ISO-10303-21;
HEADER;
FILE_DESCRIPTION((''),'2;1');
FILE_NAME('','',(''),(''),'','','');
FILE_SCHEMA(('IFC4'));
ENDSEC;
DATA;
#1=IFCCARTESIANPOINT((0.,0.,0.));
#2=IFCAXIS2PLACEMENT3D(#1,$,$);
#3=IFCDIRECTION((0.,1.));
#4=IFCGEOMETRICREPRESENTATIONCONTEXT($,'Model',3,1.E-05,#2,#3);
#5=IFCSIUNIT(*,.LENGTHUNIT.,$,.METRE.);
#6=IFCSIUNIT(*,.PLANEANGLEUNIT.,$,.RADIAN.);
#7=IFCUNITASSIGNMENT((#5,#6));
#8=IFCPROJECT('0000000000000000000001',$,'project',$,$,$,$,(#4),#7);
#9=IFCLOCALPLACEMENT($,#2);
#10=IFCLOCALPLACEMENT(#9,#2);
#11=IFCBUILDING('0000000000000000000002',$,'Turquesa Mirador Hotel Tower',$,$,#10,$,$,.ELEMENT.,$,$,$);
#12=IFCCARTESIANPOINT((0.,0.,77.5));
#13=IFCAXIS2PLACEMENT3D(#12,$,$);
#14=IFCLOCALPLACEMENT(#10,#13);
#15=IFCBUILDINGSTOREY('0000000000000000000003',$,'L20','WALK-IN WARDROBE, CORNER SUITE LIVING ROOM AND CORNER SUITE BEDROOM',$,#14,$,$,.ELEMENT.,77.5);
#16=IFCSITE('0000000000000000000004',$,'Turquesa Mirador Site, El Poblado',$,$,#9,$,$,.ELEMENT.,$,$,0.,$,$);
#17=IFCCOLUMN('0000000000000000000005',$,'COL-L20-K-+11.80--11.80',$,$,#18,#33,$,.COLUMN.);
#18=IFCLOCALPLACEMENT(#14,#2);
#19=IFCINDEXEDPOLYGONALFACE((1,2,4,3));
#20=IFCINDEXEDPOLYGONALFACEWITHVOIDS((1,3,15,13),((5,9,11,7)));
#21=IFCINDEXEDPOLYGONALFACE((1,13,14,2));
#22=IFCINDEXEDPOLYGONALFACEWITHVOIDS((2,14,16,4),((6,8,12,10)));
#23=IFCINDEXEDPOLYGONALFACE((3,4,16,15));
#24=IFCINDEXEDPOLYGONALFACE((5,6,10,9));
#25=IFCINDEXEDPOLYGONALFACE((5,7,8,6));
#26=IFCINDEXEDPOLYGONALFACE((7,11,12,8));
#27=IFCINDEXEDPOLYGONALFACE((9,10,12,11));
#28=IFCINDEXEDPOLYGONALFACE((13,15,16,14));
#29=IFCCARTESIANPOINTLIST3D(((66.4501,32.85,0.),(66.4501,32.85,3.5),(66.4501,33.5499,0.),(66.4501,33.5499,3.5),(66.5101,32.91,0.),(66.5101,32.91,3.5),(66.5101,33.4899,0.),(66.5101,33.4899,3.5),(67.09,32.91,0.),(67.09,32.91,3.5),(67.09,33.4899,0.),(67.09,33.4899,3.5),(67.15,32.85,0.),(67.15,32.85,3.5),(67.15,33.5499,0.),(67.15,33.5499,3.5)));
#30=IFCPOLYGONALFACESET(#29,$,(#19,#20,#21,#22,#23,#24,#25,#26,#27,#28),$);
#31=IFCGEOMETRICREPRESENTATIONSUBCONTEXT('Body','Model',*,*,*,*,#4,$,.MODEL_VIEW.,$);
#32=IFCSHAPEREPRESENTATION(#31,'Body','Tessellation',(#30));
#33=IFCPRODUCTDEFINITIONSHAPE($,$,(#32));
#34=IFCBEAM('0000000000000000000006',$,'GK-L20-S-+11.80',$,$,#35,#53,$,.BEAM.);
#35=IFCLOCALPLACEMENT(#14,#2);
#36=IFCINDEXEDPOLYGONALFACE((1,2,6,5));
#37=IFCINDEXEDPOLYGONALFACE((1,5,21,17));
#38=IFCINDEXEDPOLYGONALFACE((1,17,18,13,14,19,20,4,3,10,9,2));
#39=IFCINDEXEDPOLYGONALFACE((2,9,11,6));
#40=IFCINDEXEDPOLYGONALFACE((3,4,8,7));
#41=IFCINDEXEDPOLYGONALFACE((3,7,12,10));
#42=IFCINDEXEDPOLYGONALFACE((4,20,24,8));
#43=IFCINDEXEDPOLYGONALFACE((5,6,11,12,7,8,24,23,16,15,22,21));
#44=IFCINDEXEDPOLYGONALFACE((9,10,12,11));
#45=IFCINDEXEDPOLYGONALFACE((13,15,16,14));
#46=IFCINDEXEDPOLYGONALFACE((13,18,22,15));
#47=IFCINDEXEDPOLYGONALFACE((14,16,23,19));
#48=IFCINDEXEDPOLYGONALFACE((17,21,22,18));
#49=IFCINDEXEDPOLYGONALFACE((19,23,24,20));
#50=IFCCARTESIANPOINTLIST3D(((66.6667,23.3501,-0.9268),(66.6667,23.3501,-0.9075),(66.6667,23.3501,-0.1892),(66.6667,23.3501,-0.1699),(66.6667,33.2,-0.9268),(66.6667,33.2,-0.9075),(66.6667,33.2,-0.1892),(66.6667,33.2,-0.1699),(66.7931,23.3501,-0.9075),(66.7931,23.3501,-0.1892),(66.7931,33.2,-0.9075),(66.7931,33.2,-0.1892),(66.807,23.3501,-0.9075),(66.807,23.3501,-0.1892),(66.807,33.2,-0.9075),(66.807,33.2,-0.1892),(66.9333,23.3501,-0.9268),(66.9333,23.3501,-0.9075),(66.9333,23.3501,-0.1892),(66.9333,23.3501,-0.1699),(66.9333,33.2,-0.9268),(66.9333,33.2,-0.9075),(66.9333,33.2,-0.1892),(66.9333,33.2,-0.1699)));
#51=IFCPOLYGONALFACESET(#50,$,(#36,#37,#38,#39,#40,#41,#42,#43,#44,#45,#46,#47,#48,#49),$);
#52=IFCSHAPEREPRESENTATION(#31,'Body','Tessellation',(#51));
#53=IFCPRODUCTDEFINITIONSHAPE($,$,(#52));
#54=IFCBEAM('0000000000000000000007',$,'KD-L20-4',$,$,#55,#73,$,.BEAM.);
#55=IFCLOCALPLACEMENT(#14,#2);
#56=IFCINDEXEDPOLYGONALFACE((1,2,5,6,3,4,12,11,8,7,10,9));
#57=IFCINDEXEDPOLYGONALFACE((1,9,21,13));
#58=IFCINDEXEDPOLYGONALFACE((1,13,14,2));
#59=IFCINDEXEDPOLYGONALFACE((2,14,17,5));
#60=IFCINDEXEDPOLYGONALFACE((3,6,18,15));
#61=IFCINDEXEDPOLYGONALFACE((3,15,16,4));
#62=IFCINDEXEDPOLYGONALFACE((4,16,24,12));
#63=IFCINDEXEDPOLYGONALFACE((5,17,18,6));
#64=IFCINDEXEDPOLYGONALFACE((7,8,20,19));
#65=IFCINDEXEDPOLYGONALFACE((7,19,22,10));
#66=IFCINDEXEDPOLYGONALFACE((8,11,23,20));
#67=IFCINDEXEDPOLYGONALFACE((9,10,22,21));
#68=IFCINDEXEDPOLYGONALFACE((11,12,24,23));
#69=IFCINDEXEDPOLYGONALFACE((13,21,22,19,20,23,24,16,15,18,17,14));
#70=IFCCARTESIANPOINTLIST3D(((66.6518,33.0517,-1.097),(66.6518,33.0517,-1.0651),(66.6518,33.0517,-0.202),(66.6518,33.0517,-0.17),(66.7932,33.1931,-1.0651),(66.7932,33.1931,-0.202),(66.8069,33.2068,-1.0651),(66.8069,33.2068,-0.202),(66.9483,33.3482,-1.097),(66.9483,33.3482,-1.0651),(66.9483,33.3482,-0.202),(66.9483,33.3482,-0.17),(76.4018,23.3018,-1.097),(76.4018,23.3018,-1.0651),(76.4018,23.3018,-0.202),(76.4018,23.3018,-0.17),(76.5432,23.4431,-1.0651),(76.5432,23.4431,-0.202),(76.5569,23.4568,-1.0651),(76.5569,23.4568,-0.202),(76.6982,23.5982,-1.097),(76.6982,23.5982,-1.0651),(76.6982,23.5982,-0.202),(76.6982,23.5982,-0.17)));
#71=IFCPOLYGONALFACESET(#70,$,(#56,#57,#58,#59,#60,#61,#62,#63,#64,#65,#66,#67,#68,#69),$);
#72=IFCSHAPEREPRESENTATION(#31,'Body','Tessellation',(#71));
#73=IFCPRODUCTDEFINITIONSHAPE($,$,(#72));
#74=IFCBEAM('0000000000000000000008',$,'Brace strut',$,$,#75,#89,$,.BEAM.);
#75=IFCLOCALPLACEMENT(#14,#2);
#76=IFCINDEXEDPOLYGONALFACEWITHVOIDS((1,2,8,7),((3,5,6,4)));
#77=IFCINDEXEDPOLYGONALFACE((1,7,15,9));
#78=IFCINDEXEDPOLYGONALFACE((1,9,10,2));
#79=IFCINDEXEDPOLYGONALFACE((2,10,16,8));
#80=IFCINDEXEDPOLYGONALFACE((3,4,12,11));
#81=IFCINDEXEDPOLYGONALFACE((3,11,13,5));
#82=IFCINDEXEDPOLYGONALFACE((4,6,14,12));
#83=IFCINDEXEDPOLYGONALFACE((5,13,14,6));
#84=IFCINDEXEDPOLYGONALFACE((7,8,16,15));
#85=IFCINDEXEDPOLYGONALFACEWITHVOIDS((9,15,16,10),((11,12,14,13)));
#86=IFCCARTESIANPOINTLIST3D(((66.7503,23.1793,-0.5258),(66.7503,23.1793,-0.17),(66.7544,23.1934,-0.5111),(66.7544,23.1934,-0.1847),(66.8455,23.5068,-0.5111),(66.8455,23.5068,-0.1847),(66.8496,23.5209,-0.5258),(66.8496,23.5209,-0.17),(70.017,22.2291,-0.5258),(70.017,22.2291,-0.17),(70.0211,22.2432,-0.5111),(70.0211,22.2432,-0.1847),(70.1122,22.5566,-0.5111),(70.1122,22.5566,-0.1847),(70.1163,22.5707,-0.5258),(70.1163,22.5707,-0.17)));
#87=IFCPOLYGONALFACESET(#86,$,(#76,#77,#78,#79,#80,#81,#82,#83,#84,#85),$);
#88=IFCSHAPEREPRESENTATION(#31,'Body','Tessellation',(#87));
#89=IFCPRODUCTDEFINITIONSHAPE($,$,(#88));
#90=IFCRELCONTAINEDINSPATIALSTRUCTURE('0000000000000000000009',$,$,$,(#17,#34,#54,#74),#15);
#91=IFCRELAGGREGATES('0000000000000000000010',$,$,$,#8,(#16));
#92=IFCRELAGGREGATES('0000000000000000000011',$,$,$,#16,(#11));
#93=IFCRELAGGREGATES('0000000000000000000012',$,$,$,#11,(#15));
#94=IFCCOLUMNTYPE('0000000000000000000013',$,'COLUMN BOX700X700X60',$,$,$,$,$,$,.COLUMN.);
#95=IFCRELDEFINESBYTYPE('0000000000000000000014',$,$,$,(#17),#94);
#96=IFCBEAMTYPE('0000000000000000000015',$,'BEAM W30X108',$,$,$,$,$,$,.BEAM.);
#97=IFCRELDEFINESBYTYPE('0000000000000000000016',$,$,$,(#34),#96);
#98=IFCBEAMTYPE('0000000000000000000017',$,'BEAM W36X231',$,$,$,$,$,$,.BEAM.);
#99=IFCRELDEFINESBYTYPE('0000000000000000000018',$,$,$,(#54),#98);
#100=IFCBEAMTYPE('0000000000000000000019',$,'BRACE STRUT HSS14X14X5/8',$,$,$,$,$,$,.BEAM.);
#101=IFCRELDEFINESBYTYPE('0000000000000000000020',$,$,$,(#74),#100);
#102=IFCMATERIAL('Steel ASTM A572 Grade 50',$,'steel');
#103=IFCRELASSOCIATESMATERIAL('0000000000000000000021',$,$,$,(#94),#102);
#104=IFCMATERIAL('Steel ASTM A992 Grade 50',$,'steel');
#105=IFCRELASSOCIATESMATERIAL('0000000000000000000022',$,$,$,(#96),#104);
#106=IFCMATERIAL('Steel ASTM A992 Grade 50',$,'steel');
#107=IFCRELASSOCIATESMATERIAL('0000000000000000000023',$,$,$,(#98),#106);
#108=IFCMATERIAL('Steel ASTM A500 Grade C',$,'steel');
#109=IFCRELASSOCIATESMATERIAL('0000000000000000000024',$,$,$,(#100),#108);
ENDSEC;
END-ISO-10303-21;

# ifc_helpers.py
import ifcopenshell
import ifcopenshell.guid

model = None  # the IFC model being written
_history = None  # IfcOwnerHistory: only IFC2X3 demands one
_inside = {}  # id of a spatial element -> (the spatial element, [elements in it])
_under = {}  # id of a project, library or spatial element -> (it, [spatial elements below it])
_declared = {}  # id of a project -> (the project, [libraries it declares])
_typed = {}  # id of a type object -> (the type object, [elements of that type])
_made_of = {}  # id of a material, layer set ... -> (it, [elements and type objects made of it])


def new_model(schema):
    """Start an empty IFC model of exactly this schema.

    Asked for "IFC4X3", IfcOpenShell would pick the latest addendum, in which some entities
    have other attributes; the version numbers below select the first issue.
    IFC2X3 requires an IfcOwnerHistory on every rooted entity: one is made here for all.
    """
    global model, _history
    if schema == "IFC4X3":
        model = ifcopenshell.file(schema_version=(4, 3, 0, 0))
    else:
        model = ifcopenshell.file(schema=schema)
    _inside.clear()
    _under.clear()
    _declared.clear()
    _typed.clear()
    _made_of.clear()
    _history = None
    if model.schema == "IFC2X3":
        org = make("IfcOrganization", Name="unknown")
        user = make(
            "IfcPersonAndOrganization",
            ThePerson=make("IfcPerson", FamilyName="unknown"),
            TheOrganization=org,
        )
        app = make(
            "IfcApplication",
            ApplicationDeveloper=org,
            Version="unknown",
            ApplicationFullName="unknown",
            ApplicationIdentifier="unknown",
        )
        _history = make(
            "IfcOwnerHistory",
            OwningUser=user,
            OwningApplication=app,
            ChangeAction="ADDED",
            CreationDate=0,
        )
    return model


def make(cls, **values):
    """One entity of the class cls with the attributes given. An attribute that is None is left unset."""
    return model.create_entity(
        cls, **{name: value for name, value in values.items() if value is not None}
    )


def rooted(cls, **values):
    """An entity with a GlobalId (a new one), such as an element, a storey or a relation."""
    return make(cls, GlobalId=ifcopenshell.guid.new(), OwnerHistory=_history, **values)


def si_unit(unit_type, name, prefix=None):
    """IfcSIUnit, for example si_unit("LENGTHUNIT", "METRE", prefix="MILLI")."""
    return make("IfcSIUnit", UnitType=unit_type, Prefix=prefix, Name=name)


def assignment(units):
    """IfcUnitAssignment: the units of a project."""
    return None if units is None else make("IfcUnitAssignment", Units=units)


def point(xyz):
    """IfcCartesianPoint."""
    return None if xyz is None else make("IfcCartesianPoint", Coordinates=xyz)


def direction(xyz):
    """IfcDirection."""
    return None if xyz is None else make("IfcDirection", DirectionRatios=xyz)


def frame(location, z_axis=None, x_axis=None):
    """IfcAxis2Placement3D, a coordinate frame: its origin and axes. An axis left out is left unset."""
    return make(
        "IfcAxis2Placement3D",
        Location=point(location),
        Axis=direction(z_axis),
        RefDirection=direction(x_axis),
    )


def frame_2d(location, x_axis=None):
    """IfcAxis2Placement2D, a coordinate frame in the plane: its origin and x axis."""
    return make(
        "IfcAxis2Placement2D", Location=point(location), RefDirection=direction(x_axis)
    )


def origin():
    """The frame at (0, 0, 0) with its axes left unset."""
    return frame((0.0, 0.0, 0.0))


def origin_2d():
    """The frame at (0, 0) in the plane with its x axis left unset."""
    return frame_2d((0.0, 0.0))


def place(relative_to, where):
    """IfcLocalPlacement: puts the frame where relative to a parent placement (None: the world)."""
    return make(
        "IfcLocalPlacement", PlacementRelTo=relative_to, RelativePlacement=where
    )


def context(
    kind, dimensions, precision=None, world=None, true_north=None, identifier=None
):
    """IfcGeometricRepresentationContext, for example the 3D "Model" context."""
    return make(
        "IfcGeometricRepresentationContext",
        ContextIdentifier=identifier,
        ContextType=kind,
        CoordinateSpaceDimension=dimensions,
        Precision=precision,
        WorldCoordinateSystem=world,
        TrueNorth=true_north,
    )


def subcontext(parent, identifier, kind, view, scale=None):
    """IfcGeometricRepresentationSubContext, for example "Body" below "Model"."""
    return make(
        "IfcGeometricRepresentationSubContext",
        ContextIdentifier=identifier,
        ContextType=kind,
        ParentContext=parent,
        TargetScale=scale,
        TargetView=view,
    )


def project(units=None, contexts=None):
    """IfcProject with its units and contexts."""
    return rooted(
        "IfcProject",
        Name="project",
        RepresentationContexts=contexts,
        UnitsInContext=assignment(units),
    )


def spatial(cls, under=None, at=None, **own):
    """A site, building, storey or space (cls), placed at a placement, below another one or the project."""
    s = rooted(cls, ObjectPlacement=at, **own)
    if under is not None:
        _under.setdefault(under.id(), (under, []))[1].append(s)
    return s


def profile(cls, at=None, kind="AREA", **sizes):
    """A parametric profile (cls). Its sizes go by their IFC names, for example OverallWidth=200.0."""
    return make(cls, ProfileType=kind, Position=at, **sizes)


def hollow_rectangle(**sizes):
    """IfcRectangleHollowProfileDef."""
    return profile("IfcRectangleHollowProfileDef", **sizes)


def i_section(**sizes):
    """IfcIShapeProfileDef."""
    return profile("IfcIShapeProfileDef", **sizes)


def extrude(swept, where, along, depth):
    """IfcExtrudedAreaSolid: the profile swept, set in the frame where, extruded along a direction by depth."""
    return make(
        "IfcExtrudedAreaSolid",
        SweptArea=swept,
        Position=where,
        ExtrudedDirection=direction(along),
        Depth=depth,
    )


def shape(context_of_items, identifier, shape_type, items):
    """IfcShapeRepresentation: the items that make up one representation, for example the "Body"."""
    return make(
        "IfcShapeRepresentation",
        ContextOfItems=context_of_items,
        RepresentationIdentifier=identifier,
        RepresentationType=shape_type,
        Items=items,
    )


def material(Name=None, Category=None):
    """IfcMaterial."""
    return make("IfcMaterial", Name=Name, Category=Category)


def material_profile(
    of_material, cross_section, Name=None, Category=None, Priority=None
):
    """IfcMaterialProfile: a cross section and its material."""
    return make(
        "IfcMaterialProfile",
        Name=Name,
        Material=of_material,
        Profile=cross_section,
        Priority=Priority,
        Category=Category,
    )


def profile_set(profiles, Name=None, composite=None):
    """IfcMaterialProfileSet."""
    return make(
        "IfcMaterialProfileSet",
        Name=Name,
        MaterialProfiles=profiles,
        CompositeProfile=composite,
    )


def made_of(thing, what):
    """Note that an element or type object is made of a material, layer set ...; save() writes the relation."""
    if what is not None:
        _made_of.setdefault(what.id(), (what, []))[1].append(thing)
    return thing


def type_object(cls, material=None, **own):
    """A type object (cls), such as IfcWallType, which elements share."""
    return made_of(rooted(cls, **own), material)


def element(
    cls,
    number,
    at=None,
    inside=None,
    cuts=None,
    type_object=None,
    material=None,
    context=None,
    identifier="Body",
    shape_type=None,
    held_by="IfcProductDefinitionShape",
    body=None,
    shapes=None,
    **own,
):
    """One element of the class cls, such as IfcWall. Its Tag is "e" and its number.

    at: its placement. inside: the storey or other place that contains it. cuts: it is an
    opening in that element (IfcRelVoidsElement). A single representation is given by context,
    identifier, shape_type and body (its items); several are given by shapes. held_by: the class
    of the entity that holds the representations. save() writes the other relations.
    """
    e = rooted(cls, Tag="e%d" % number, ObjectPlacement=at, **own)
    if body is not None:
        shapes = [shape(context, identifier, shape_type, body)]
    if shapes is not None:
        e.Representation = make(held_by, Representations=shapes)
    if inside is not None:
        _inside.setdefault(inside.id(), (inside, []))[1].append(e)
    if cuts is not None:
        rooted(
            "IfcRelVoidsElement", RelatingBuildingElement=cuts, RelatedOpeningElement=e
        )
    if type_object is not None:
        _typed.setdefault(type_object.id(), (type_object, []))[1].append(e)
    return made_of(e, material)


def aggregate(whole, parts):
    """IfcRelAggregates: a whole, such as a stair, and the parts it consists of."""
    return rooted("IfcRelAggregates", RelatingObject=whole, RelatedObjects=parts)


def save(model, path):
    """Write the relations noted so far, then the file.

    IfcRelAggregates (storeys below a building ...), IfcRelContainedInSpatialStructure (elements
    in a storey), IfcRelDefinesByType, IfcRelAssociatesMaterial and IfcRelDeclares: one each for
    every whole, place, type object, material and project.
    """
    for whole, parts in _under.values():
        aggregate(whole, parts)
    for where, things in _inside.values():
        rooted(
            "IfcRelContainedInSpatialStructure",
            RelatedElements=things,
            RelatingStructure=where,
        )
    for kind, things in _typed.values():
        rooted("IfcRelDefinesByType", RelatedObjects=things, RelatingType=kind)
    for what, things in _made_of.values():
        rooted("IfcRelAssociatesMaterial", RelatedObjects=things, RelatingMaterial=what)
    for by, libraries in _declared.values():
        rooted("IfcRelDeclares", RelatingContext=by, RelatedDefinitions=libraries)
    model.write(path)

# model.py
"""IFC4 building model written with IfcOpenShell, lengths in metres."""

from ifc_helpers import new_model, si_unit, direction, frame, origin, origin_2d, place, context, subcontext, project, spatial, hollow_rectangle, i_section, extrude, material, material_profile, profile_set, type_object, element, save


model = new_model("IFC4")

# Units and contexts
model_context = context("Model", 3, precision=1e-05, world=origin(), true_north=direction((0.0, 1.0)))
body_context = subcontext(model_context, "Body", "Model", "MODEL_VIEW")
ifc_project = project(units=[si_unit("LENGTHUNIT", "METRE"), si_unit("PLANEANGLEUNIT", "RADIAN")], contexts=[model_context])

# Site, building, storey
site_placement = place(None, origin())
site = spatial("IfcSite", under=ifc_project, at=site_placement, Name="Turquesa Mirador Site, El Poblado", CompositionType="ELEMENT", RefElevation=0.0)
building_placement = place(site_placement, origin())
building = spatial("IfcBuilding", under=site, at=building_placement, Name="Turquesa Mirador Hotel Tower", CompositionType="ELEMENT")
storey_placement = place(building_placement, frame((0.0, 0.0, 77.5)))
storey = spatial("IfcBuildingStorey", under=building, at=storey_placement, Name="L20", Description="WALK-IN WARDROBE, CORNER SUITE LIVING ROOM AND CORNER SUITE BEDROOM", CompositionType="ELEMENT", Elevation=77.5)

# Column
ifc_material_1 = material(Name="Steel ASTM A572 Grade 50", Category="steel")
ifc_material_profile_1 = material_profile(ifc_material_1, hollow_rectangle(XDim=0.7, YDim=0.7, WallThickness=0.0601, at=origin_2d()), Name="BOX700X700X60")
ifc_profile_set_1 = profile_set([ifc_material_profile_1], Name="Steel ASTM A572 Grade 50")
column_type = type_object("IfcColumnType", Name="COLUMN BOX700X700X60", PredefinedType="COLUMN", material=ifc_profile_set_1)
column_placement = place(storey_placement, frame((66.8, 33.2, 0.0), z_axis=(0.0, 0.0, 1.0), x_axis=(1.0, 0.0, 0.0)))
element("IfcColumn", 1, at=column_placement, inside=storey, type_object=column_type, Name="COL-L20-K-+11.80--11.80", PredefinedType="COLUMN", context=body_context, shape_type="SweptSolid", body=[
    extrude(hollow_rectangle(XDim=0.7, YDim=0.7, WallThickness=0.0601, at=origin_2d()), origin(), (0.0, 0.0, 1.0), 3.5),
])

# Beams
ifc_material_2 = material(Name="Steel ASTM A992 Grade 50", Category="steel")
ifc_material_profile_2 = material_profile(ifc_material_2, i_section(OverallWidth=0.2666, OverallDepth=0.7568, WebThickness=0.0139, FlangeThickness=0.0193, at=origin_2d()), Name="W30X108")
ifc_profile_set_2 = profile_set([ifc_material_profile_2], Name="Steel ASTM A992 Grade 50")
beam_type_1 = type_object("IfcBeamType", Name="BEAM W30X108", PredefinedType="BEAM", material=ifc_profile_set_2)
beam_1_placement = place(storey_placement, frame((66.8, 23.3501, -0.5483), z_axis=(0.0, 1.0, 0.0), x_axis=(-1.0, 0.0, 0.0)))
element("IfcBeam", 2, at=beam_1_placement, inside=storey, type_object=beam_type_1, Name="GK-L20-S-+11.80", PredefinedType="BEAM", context=body_context, shape_type="SweptSolid", body=[
    extrude(i_section(OverallWidth=0.2666, OverallDepth=0.7568, WebThickness=0.0139, FlangeThickness=0.0193, at=origin_2d()), origin(), (0.0, 0.0, 1.0), 9.8499),
])
ifc_material_3 = material(Name="Steel ASTM A992 Grade 50", Category="steel")
ifc_material_profile_3 = material_profile(ifc_material_3, i_section(OverallWidth=0.4192, OverallDepth=0.927, WebThickness=0.0193, FlangeThickness=0.032, at=origin_2d()), Name="W36X231")
ifc_profile_set_3 = profile_set([ifc_material_profile_3], Name="Steel ASTM A992 Grade 50")
beam_type_2 = type_object("IfcBeamType", Name="BEAM W36X231", PredefinedType="BEAM", material=ifc_profile_set_3)
beam_2_placement = place(storey_placement, frame((66.8, 33.2, -0.6335), z_axis=(0.707107, -0.707107, 0.0), x_axis=(0.707107, 0.707107, 0.0)))
element("IfcBeam", 3, at=beam_2_placement, inside=storey, type_object=beam_type_2, Name="KD-L20-4", PredefinedType="BEAM", context=body_context, shape_type="SweptSolid", body=[
    extrude(i_section(OverallWidth=0.4192, OverallDepth=0.927, WebThickness=0.0193, FlangeThickness=0.032, at=origin_2d()), origin(), (0.0, 0.0, 1.0), 13.7886),
])
ifc_material_4 = material(Name="Steel ASTM A500 Grade C", Category="steel")
ifc_material_profile_4 = material_profile(ifc_material_4, hollow_rectangle(XDim=0.3557, YDim=0.3557, WallThickness=0.0146, at=origin_2d()), Name="HSS14X14X5/8")
ifc_profile_set_4 = profile_set([ifc_material_profile_4], Name="Steel ASTM A500 Grade C")
beam_type_3 = type_object("IfcBeamType", Name="BRACE STRUT HSS14X14X5/8", PredefinedType="BEAM", material=ifc_profile_set_4)
beam_3_placement = place(storey_placement, frame((70.0667, 22.3999, -0.3479), z_axis=(-0.960202, 0.279305, 0.0), x_axis=(-0.279305, -0.960202, 0.0)))
element("IfcBeam", 4, at=beam_3_placement, inside=storey, type_object=beam_type_3, Name="Brace strut", PredefinedType="BEAM", context=body_context, shape_type="SweptSolid", body=[
    extrude(hollow_rectangle(XDim=0.3557, YDim=0.3557, WallThickness=0.0146, at=origin_2d()), origin(), (0.0, 0.0, 1.0), 3.4021),
])

save(model, "model.ifc")
